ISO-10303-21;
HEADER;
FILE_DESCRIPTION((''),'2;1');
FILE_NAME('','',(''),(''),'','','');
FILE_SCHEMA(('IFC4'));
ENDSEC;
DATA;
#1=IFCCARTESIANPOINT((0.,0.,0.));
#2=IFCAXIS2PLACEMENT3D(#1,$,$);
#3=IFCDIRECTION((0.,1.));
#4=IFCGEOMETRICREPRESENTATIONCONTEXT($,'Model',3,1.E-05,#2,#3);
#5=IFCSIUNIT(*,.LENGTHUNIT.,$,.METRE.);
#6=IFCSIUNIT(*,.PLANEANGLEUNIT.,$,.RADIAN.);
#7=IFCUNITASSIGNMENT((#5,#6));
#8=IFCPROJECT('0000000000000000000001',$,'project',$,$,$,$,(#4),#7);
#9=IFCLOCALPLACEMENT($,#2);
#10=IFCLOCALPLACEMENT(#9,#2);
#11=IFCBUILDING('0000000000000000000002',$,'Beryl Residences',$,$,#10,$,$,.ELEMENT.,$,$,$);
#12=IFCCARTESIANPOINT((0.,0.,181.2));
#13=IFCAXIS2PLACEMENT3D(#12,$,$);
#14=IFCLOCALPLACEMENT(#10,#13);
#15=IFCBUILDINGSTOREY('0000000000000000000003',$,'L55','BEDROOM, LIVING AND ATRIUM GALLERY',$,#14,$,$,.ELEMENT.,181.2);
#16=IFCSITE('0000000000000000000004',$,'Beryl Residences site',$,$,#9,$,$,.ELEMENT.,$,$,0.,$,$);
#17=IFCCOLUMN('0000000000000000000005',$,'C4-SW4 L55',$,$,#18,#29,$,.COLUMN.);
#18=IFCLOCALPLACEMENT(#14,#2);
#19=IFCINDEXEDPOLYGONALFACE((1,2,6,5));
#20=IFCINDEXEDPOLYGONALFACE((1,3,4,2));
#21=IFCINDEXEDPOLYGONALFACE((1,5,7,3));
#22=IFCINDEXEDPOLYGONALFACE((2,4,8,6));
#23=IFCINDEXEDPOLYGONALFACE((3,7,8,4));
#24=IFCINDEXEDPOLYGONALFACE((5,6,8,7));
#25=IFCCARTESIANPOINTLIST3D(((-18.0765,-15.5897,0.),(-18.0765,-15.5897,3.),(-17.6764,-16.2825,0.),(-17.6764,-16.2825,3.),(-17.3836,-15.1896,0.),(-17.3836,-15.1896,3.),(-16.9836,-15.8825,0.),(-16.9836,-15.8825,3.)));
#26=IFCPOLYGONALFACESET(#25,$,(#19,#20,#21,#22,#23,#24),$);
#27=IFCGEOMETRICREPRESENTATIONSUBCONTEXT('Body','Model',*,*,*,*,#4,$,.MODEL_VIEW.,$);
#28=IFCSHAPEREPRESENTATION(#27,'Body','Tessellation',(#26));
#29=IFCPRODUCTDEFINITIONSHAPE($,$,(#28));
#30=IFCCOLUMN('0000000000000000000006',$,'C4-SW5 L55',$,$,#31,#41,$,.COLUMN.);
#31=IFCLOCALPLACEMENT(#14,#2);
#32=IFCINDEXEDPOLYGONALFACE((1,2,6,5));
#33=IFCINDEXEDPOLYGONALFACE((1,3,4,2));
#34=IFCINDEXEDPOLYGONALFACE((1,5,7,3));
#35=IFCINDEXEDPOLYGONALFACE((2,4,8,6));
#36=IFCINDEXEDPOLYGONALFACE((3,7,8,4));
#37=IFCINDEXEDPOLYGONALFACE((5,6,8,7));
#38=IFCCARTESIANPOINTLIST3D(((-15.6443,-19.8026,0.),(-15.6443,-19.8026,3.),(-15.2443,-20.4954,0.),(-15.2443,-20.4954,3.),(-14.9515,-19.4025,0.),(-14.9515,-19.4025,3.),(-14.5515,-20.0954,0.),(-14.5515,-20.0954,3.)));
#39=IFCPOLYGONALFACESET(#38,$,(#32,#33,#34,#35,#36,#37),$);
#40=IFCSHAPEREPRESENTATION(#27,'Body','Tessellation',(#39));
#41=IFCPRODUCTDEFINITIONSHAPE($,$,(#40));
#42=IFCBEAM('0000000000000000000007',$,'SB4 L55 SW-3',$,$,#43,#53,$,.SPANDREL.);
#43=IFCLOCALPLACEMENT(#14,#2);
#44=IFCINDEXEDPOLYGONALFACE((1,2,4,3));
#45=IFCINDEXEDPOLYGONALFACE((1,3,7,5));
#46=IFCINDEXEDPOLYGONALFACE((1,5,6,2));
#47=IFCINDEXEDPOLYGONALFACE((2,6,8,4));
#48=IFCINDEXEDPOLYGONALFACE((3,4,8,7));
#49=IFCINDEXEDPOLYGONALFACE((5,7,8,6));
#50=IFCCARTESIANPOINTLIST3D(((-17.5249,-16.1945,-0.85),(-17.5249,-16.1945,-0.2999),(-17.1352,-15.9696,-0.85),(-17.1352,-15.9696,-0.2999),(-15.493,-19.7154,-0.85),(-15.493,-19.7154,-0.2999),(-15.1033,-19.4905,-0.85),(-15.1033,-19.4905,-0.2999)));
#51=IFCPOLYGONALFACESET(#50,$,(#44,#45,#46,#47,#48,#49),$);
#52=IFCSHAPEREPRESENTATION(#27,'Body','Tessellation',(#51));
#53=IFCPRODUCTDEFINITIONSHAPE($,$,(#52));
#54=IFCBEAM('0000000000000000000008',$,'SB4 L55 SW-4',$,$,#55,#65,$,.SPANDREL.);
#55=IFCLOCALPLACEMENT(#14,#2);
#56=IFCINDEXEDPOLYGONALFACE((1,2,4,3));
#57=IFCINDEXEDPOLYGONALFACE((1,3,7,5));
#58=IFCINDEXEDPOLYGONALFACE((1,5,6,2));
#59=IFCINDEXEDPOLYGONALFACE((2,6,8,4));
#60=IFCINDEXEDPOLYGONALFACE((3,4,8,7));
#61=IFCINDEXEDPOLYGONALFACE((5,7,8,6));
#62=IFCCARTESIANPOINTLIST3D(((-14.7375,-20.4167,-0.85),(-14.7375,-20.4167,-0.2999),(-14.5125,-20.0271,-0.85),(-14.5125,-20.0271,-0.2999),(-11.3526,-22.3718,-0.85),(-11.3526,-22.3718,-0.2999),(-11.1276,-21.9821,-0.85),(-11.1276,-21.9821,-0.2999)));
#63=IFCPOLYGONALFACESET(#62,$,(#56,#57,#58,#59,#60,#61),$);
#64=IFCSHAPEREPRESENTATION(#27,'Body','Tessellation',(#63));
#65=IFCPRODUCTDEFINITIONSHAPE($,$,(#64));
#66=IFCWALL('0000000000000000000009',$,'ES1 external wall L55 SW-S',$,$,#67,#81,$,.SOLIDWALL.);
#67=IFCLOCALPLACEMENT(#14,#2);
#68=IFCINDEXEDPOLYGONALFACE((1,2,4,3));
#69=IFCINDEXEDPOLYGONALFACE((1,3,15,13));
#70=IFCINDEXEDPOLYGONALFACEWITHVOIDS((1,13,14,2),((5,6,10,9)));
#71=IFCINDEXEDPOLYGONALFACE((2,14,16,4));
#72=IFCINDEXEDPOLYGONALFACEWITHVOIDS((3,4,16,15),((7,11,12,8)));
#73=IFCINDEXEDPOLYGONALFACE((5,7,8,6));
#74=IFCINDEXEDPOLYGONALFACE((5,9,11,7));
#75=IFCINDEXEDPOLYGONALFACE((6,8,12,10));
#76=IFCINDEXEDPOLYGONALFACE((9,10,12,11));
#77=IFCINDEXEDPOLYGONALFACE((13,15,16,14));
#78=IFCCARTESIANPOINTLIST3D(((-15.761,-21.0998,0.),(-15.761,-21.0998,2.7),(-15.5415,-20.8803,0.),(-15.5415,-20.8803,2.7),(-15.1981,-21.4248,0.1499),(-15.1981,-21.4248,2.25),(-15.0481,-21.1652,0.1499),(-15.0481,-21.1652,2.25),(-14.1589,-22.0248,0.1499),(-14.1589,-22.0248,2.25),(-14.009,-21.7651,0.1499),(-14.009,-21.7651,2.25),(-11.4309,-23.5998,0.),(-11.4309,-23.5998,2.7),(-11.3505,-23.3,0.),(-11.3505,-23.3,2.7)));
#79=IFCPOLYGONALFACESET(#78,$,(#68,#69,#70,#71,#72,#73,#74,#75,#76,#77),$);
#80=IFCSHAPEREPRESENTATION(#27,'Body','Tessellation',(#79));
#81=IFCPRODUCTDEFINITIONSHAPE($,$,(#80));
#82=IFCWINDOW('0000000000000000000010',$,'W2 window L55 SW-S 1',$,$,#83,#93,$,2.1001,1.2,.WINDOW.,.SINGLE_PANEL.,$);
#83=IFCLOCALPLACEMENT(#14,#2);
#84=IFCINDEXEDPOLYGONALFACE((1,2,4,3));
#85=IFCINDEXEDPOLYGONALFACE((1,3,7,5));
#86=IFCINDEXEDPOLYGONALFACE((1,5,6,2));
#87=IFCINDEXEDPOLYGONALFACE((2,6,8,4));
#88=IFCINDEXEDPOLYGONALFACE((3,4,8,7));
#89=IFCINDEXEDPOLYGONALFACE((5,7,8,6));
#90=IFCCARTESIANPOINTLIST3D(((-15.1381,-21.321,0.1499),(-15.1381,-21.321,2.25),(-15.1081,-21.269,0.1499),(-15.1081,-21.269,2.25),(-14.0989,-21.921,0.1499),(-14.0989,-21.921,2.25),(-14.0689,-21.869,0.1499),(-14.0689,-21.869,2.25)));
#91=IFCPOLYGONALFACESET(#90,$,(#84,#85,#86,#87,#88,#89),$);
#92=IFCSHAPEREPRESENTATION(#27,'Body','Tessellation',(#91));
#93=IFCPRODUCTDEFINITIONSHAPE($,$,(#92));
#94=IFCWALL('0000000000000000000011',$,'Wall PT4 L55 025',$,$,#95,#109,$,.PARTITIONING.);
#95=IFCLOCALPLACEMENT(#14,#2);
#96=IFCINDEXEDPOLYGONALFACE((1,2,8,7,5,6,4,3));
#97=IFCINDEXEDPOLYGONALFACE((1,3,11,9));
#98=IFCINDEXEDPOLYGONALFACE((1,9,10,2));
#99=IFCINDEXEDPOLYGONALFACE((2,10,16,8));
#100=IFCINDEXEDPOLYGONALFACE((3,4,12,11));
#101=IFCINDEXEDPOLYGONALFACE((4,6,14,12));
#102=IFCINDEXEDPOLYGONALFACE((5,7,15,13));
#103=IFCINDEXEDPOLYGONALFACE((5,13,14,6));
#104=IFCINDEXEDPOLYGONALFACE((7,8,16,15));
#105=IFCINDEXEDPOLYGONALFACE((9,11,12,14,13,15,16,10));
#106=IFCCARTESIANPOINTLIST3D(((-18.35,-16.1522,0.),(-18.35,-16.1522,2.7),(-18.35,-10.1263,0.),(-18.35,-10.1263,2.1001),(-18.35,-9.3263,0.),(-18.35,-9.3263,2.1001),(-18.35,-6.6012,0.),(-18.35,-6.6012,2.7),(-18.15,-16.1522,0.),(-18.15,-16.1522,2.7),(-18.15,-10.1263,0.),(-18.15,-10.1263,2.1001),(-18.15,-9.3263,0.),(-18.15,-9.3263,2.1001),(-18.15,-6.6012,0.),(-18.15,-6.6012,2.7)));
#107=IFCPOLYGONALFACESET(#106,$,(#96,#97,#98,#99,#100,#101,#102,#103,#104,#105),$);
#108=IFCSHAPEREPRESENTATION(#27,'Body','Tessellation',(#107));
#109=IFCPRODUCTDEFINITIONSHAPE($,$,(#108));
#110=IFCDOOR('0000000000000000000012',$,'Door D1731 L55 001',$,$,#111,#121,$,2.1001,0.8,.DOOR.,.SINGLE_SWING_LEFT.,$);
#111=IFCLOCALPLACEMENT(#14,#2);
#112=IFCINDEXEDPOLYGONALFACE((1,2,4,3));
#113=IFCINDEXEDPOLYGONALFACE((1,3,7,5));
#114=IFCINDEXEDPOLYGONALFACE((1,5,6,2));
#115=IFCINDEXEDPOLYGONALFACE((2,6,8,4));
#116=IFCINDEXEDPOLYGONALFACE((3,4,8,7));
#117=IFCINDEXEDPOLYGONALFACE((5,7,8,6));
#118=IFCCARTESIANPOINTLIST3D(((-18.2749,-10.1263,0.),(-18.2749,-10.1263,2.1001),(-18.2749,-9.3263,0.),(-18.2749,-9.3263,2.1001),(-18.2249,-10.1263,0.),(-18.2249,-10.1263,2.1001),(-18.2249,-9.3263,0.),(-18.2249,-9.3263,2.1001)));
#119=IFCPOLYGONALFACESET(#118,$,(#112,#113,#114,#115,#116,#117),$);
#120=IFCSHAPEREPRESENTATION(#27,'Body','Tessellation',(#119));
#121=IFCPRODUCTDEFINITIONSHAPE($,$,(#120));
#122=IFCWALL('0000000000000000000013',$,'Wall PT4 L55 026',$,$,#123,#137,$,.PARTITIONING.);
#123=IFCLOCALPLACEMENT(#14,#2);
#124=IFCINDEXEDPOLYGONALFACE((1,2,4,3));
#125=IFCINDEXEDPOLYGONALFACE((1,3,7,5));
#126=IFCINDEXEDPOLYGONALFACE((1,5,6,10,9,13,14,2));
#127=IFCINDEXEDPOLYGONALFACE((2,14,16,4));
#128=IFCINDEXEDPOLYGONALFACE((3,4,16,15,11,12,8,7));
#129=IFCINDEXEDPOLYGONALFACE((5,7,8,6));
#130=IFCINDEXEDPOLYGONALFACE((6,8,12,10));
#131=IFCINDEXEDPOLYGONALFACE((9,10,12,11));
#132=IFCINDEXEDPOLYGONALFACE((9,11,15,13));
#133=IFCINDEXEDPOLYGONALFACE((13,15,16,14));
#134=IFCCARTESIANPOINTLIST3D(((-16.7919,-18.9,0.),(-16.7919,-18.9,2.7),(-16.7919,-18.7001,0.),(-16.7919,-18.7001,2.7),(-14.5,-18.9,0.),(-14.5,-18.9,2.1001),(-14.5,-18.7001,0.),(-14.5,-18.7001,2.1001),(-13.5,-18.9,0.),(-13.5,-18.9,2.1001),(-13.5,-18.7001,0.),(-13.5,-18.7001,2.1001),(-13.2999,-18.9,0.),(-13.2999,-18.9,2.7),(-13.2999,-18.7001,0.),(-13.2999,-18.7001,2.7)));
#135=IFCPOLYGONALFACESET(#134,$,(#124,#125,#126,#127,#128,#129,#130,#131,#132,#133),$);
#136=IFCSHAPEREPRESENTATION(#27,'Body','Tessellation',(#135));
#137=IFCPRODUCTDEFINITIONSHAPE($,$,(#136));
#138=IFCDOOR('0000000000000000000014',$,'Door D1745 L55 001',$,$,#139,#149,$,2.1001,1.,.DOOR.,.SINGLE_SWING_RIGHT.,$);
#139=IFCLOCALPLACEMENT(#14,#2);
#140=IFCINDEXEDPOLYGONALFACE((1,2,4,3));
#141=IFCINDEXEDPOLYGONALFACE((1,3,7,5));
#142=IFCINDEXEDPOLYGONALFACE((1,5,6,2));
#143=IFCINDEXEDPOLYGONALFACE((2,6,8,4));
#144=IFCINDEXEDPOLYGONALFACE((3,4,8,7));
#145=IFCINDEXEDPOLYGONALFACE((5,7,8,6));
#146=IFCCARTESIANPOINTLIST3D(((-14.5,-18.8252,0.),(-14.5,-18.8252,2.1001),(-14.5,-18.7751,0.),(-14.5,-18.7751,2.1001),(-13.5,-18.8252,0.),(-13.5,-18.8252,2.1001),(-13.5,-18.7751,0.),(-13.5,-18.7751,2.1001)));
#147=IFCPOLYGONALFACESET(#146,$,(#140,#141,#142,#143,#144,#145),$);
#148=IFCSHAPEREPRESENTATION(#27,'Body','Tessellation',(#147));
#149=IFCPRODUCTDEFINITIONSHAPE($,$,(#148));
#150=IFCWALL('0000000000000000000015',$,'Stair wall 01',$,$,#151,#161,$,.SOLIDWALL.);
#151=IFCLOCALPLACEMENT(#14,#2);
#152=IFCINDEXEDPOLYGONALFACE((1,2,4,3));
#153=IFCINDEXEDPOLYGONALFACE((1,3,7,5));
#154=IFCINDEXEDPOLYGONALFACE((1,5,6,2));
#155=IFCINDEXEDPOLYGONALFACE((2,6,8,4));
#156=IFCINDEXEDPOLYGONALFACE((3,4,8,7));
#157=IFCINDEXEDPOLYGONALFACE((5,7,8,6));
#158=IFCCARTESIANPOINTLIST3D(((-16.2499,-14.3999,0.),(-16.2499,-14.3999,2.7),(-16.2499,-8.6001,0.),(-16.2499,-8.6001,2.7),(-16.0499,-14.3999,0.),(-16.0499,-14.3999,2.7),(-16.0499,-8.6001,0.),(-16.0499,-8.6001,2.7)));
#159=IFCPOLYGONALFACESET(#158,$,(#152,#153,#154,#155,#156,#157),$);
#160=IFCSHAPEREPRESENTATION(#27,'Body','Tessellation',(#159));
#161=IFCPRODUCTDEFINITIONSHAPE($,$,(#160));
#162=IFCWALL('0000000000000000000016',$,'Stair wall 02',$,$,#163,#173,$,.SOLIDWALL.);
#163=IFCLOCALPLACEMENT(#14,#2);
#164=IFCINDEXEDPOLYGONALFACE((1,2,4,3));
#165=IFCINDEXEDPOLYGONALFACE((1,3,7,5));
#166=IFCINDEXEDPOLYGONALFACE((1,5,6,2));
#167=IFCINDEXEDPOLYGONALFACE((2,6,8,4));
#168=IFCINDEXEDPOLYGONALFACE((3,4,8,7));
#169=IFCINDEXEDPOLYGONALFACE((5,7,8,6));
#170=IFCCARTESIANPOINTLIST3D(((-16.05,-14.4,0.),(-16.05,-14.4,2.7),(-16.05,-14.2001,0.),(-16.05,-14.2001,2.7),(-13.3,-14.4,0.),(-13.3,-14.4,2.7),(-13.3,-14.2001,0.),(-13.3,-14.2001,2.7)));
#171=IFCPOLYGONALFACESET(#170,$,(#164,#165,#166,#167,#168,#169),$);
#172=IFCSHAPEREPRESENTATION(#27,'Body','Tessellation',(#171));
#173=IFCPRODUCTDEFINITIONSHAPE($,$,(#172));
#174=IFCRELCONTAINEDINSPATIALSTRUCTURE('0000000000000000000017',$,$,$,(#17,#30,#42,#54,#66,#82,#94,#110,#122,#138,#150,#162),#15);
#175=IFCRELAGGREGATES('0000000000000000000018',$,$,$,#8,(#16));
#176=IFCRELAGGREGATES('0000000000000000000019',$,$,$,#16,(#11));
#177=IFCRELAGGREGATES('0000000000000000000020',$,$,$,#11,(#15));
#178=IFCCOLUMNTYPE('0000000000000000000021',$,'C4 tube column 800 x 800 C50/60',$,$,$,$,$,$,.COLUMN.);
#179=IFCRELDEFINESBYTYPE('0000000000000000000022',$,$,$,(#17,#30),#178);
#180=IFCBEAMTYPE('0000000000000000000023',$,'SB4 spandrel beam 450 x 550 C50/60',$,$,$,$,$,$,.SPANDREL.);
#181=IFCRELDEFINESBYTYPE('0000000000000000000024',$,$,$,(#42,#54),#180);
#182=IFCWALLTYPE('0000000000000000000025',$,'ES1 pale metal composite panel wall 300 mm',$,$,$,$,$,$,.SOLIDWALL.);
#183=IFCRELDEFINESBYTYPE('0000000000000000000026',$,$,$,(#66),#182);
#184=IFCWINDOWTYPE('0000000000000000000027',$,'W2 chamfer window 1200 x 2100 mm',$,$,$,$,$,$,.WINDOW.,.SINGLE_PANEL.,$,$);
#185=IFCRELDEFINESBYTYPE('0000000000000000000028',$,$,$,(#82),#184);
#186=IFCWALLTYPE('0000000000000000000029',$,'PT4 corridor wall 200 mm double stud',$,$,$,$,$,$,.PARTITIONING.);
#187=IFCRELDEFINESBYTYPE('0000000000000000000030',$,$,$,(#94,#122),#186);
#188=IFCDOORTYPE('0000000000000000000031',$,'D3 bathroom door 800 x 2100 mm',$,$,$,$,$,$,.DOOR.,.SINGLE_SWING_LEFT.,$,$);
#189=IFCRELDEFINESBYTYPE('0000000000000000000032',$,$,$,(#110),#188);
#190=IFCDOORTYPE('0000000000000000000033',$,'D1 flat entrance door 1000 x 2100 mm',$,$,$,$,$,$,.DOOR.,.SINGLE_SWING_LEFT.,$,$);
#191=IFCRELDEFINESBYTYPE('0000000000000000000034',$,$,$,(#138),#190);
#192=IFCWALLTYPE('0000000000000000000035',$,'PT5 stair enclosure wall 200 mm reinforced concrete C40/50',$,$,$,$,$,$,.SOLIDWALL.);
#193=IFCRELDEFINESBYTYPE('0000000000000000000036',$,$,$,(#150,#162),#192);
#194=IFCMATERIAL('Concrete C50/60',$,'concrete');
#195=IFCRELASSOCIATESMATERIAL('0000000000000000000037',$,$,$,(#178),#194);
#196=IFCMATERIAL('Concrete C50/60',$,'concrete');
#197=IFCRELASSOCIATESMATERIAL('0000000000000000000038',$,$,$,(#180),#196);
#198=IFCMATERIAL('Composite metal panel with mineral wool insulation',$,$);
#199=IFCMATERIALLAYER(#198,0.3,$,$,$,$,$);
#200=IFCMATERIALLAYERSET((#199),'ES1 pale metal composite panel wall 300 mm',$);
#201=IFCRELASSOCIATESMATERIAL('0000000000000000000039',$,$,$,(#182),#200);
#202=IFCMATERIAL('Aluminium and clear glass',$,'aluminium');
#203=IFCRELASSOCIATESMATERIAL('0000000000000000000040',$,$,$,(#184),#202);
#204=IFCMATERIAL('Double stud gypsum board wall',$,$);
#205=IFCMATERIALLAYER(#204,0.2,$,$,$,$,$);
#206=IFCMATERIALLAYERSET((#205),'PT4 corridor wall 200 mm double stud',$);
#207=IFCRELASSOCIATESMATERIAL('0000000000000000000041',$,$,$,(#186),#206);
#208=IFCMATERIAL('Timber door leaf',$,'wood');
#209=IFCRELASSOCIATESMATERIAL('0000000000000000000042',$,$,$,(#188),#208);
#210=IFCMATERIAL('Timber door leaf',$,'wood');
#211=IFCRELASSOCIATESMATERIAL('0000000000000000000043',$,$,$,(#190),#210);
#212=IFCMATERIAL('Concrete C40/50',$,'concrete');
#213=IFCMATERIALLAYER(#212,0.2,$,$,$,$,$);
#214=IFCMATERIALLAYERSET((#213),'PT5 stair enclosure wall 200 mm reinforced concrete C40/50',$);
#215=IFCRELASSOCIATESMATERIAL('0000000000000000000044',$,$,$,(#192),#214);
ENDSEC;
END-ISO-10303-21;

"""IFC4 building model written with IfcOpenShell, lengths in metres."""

from ifc_helpers import new_model, si_unit, direction, frame, frame_2d, origin, origin_2d, place, context, subcontext, project, spatial, polyline, rectangle, outline, extrude, material, layer, layer_set, material_profile, profile_set, type_object, element, fill, save


model = new_model("IFC4")

# Units and contexts
model_context = context("Model", 3, precision=1e-05, world=origin(), true_north=direction((0.0, 1.0)))
body_context = subcontext(model_context, "Body", "Model", "MODEL_VIEW")
ifc_project = project(units=[si_unit("LENGTHUNIT", "METRE"), si_unit("PLANEANGLEUNIT", "RADIAN")], contexts=[model_context])

# Site, building, storey
site_placement = place(None, origin())
site = spatial("IfcSite", under=ifc_project, at=site_placement, Name="Beryl Residences site", CompositionType="ELEMENT", RefElevation=0.0)
building_placement = place(site_placement, origin())
building = spatial("IfcBuilding", under=site, at=building_placement, Name="Beryl Residences", CompositionType="ELEMENT")
storey_placement = place(building_placement, frame((0.0, 0.0, 181.2)))
storey = spatial("IfcBuildingStorey", under=building, at=storey_placement, Name="L55", Description="BEDROOM, LIVING AND ATRIUM GALLERY", CompositionType="ELEMENT", Elevation=181.2)

# Columns
ifc_material_1 = material(Name="Concrete C50/60", Category="concrete")
ifc_material_profile_1 = material_profile(ifc_material_1, rectangle(XDim=0.8, YDim=0.8, at=origin_2d()))
ifc_profile_set_1 = profile_set([ifc_material_profile_1], Name="Concrete C50/60")
column_type = type_object("IfcColumnType", Name="C4 tube column 800 x 800 C50/60", PredefinedType="COLUMN", material=ifc_profile_set_1)
for number, where, z_axis, x_axis, name in (
    (1, (-17.53, -15.7361, 0.0), (0.0, 0.0, 1.0), (0.5, -0.866025, 0.0), "C4-SW4 L55"),
    (2, (-15.0979, -19.949, 0.0), (0.0, 0.0, 1.0), (0.5, -0.866025, 0.0), "C4-SW5 L55"),
):
    element("IfcColumn", number, at=place(storey_placement, frame(where, z_axis=z_axis, x_axis=x_axis)), inside=storey, type_object=column_type, Name=name, PredefinedType="COLUMN", context=body_context, shape_type="SweptSolid", body=[
        extrude(rectangle(XDim=0.8, YDim=0.8, at=origin_2d()), origin(), (0.0, 0.0, 1.0), 3.0),
    ])

# Beams
ifc_material_2 = material(Name="Concrete C50/60", Category="concrete")
ifc_material_profile_2 = material_profile(ifc_material_2, rectangle(XDim=0.45, YDim=0.55, at=origin_2d()))
ifc_profile_set_2 = profile_set([ifc_material_profile_2], Name="Concrete C50/60")
beam_type = type_object("IfcBeamType", Name="SB4 spandrel beam 450 x 550 C50/60", PredefinedType="SPANDREL", material=ifc_profile_set_2)
beam_1_placement = place(storey_placement, frame((-17.3301, -16.082, -0.575), z_axis=(0.49984, -0.866118, 0.0), x_axis=(0.866118, 0.49984, 0.0)))
element("IfcBeam", 3, at=beam_1_placement, inside=storey, type_object=beam_type, Name="SB4 L55 SW-3", PredefinedType="SPANDREL", context=body_context, shape_type="SweptSolid", body=[
    extrude(rectangle(XDim=0.45, YDim=0.55, at=origin_2d()), origin(), (0.0, 0.0, 1.0), 4.0652),
])
beam_2_placement = place(storey_placement, frame((-14.625, -20.2219, -0.575), z_axis=(0.865943, -0.500142, 0.0), x_axis=(0.500142, 0.865943, 0.0)))
element("IfcBeam", 4, at=beam_2_placement, inside=storey, type_object=beam_type, Name="SB4 L55 SW-4", PredefinedType="SPANDREL", context=body_context, shape_type="SweptSolid", body=[
    extrude(rectangle(XDim=0.45, YDim=0.55, at=origin_2d()), origin(), (0.0, 0.0, 1.0), 3.9089),
])

# Wall, opening, window
ifc_material_3 = material(Name="Composite metal panel with mineral wool insulation")
ifc_layer_1 = layer(ifc_material_3, 0.3)
ifc_layer_set_1 = layer_set([ifc_layer_1], Name="ES1 pale metal composite panel wall 300 mm")
wall_type_1 = type_object("IfcWallType", Name="ES1 pale metal composite panel wall 300 mm", PredefinedType="SOLIDWALL", material=ifc_layer_set_1)
wall_1_placement = place(storey_placement, frame((-15.686, -20.97, 0.0), z_axis=(0.0, 0.0, 1.0), x_axis=(0.866023, -0.500004, 0.0)))
wall_1 = element("IfcWall", 5, at=wall_1_placement, inside=storey, type_object=wall_type_1, Name="ES1 external wall L55 SW-S", PredefinedType="SOLIDWALL", context=body_context, shape_type="SweptSolid", body=[
    extrude(outline(polyline([(0.0, -0.1499), (5.0, -0.1499), (4.9197, 0.1499), (0.0803, 0.1499), (0.0, -0.1499)])), origin(), (0.0, 0.0, 1.0), 2.7),
])
opening_1_placement = place(wall_1_placement, frame((0.6499, 0.0, 0.1499)))
opening_1 = element("IfcOpeningElement", 6, at=opening_1_placement, cuts=wall_1, PredefinedType="OPENING", context=body_context, shape_type="SweptSolid", body=[
    extrude(rectangle(XDim=1.2, YDim=2.1001, at=frame_2d((0.6001, 1.05))), frame((0.0, 0.1599, 0.0), z_axis=(0.0, -1.0, 0.0), x_axis=(1.0, 0.0, 0.0)), (0.0, 0.0, 1.0), 0.3201),
])
ifc_material_4 = material(Name="Aluminium and clear glass", Category="aluminium")
window_type = type_object("IfcWindowType", Name="W2 chamfer window 1200 x 2100 mm", PartitioningType="SINGLE_PANEL", PredefinedType="WINDOW", material=ifc_material_4)
window_placement = place(opening_1_placement, origin())
window = element("IfcWindow", 7, at=window_placement, inside=storey, type_object=window_type, Name="W2 window L55 SW-S 1", OverallHeight=2.1001, OverallWidth=1.2, PartitioningType="SINGLE_PANEL", PredefinedType="WINDOW", context=body_context, shape_type="SweptSolid", body=[
    extrude(rectangle(XDim=1.2, YDim=2.1001, at=frame_2d((0.6001, 1.05))), frame((0.0, 0.03, 0.0), z_axis=(0.0, -1.0, 0.0), x_axis=(1.0, 0.0, 0.0)), (0.0, 0.0, 1.0), 0.0601),
])
fill(opening_1, window)

# Walls, openings, doors
ifc_material_5 = material(Name="Double stud gypsum board wall")
ifc_layer_2 = layer(ifc_material_5, 0.2)
ifc_layer_set_2 = layer_set([ifc_layer_2], Name="PT4 corridor wall 200 mm double stud")
wall_type_2 = type_object("IfcWallType", Name="PT4 corridor wall 200 mm double stud", PredefinedType="PARTITIONING", material=ifc_layer_set_2)
wall_2_placement = place(storey_placement, frame((-18.25, -16.1521, 0.0), z_axis=(0.0, 0.0, 1.0), x_axis=(0.0, 1.0, 0.0)))
wall_2 = element("IfcWall", 8, at=wall_2_placement, inside=storey, type_object=wall_type_2, Name="Wall PT4 L55 025", PredefinedType="PARTITIONING", context=body_context, shape_type="SweptSolid", body=[
    extrude(rectangle(XDim=9.551, YDim=0.2, at=frame_2d((4.7754, 0.0))), origin(), (0.0, 0.0, 1.0), 2.7),
])
opening_2_placement = place(wall_2_placement, frame((6.0259, 0.0, 0.0)))
opening_2 = element("IfcOpeningElement", 9, at=opening_2_placement, cuts=wall_2, PredefinedType="OPENING", context=body_context, shape_type="SweptSolid", body=[
    extrude(rectangle(XDim=0.8, YDim=2.1001, at=frame_2d((0.3999, 1.05))), frame((0.0, 0.1099, 0.0), z_axis=(0.0, -1.0, 0.0), x_axis=(1.0, 0.0, 0.0)), (0.0, 0.0, 1.0), 0.22),
])
ifc_material_6 = material(Name="Timber door leaf", Category="wood")
door_type_1 = type_object("IfcDoorType", Name="D3 bathroom door 800 x 2100 mm", OperationType="SINGLE_SWING_LEFT", PredefinedType="DOOR", material=ifc_material_6)
door_1_placement = place(opening_2_placement, origin())
door_1 = element("IfcDoor", 10, at=door_1_placement, inside=storey, type_object=door_type_1, Name="Door D1731 L55 001", OperationType="SINGLE_SWING_LEFT", OverallHeight=2.1001, OverallWidth=0.8, PredefinedType="DOOR", context=body_context, shape_type="SweptSolid", body=[
    extrude(rectangle(XDim=0.8, YDim=2.1001, at=frame_2d((0.3999, 1.05))), frame((0.0, 0.0249, 0.0), z_axis=(0.0, -1.0, 0.0), x_axis=(1.0, 0.0, 0.0)), (0.0, 0.0, 1.0), 0.05),
])
fill(opening_2, door_1)
wall_3_placement = place(storey_placement, frame((-16.792, -18.8, 0.0), z_axis=(0.0, 0.0, 1.0), x_axis=(1.0, 0.0, 0.0)))
wall_3 = element("IfcWall", 11, at=wall_3_placement, inside=storey, type_object=wall_type_2, Name="Wall PT4 L55 026", PredefinedType="PARTITIONING", context=body_context, shape_type="SweptSolid", body=[
    extrude(rectangle(XDim=3.4919, YDim=0.2, at=frame_2d((1.7461, 0.0))), origin(), (0.0, 0.0, 1.0), 2.7),
])
opening_3_placement = place(wall_3_placement, frame((2.292, 0.0, 0.0)))
opening_3 = element("IfcOpeningElement", 12, at=opening_3_placement, cuts=wall_3, PredefinedType="OPENING", context=body_context, shape_type="SweptSolid", body=[
    extrude(rectangle(XDim=1.0, YDim=2.1001, at=frame_2d((0.5, 1.05))), frame((0.0, 0.1099, 0.0), z_axis=(0.0, -1.0, 0.0), x_axis=(1.0, 0.0, 0.0)), (0.0, 0.0, 1.0), 0.22),
])
ifc_material_7 = material(Name="Timber door leaf", Category="wood")
door_type_2 = type_object("IfcDoorType", Name="D1 flat entrance door 1000 x 2100 mm", OperationType="SINGLE_SWING_LEFT", PredefinedType="DOOR", material=ifc_material_7)
door_2_placement = place(opening_3_placement, origin())
door_2 = element("IfcDoor", 13, at=door_2_placement, inside=storey, type_object=door_type_2, Name="Door D1745 L55 001", OperationType="SINGLE_SWING_RIGHT", OverallHeight=2.1001, OverallWidth=1.0, PredefinedType="DOOR", context=body_context, shape_type="SweptSolid", body=[
    extrude(rectangle(XDim=1.0, YDim=2.1001, at=frame_2d((0.5, 1.05))), frame((0.0, 0.0249, 0.0), z_axis=(0.0, -1.0, 0.0), x_axis=(1.0, 0.0, 0.0)), (0.0, 0.0, 1.0), 0.05),
])
fill(opening_3, door_2)

# Walls
ifc_material_8 = material(Name="Concrete C40/50", Category="concrete")
ifc_layer_3 = layer(ifc_material_8, 0.2)
ifc_layer_set_3 = layer_set([ifc_layer_3], Name="PT5 stair enclosure wall 200 mm reinforced concrete C40/50")
wall_type_3 = type_object("IfcWallType", Name="PT5 stair enclosure wall 200 mm reinforced concrete C40/50", PredefinedType="SOLIDWALL", material=ifc_layer_set_3)
wall_4_placement = place(storey_placement, frame((-16.1499, -14.3999, 0.0), z_axis=(0.0, 0.0, 1.0), x_axis=(0.0, 1.0, 0.0)))
element("IfcWall", 14, at=wall_4_placement, inside=storey, type_object=wall_type_3, Name="Stair wall 01", PredefinedType="SOLIDWALL", context=body_context, shape_type="SweptSolid", body=[
    extrude(rectangle(XDim=5.7998, YDim=0.2, at=frame_2d((2.8999, 0.0))), origin(), (0.0, 0.0, 1.0), 2.7),
])
wall_5_placement = place(storey_placement, frame((-16.05, -14.3, 0.0), z_axis=(0.0, 0.0, 1.0), x_axis=(1.0, 0.0, 0.0)))
element("IfcWall", 15, at=wall_5_placement, inside=storey, type_object=wall_type_3, Name="Stair wall 02", PredefinedType="SOLIDWALL", context=body_context, shape_type="SweptSolid", body=[
    extrude(rectangle(XDim=2.75, YDim=0.2, at=frame_2d((1.375, 0.0))), origin(), (0.0, 0.0, 1.0), 2.7),
])

save(model, "model.ifc")
